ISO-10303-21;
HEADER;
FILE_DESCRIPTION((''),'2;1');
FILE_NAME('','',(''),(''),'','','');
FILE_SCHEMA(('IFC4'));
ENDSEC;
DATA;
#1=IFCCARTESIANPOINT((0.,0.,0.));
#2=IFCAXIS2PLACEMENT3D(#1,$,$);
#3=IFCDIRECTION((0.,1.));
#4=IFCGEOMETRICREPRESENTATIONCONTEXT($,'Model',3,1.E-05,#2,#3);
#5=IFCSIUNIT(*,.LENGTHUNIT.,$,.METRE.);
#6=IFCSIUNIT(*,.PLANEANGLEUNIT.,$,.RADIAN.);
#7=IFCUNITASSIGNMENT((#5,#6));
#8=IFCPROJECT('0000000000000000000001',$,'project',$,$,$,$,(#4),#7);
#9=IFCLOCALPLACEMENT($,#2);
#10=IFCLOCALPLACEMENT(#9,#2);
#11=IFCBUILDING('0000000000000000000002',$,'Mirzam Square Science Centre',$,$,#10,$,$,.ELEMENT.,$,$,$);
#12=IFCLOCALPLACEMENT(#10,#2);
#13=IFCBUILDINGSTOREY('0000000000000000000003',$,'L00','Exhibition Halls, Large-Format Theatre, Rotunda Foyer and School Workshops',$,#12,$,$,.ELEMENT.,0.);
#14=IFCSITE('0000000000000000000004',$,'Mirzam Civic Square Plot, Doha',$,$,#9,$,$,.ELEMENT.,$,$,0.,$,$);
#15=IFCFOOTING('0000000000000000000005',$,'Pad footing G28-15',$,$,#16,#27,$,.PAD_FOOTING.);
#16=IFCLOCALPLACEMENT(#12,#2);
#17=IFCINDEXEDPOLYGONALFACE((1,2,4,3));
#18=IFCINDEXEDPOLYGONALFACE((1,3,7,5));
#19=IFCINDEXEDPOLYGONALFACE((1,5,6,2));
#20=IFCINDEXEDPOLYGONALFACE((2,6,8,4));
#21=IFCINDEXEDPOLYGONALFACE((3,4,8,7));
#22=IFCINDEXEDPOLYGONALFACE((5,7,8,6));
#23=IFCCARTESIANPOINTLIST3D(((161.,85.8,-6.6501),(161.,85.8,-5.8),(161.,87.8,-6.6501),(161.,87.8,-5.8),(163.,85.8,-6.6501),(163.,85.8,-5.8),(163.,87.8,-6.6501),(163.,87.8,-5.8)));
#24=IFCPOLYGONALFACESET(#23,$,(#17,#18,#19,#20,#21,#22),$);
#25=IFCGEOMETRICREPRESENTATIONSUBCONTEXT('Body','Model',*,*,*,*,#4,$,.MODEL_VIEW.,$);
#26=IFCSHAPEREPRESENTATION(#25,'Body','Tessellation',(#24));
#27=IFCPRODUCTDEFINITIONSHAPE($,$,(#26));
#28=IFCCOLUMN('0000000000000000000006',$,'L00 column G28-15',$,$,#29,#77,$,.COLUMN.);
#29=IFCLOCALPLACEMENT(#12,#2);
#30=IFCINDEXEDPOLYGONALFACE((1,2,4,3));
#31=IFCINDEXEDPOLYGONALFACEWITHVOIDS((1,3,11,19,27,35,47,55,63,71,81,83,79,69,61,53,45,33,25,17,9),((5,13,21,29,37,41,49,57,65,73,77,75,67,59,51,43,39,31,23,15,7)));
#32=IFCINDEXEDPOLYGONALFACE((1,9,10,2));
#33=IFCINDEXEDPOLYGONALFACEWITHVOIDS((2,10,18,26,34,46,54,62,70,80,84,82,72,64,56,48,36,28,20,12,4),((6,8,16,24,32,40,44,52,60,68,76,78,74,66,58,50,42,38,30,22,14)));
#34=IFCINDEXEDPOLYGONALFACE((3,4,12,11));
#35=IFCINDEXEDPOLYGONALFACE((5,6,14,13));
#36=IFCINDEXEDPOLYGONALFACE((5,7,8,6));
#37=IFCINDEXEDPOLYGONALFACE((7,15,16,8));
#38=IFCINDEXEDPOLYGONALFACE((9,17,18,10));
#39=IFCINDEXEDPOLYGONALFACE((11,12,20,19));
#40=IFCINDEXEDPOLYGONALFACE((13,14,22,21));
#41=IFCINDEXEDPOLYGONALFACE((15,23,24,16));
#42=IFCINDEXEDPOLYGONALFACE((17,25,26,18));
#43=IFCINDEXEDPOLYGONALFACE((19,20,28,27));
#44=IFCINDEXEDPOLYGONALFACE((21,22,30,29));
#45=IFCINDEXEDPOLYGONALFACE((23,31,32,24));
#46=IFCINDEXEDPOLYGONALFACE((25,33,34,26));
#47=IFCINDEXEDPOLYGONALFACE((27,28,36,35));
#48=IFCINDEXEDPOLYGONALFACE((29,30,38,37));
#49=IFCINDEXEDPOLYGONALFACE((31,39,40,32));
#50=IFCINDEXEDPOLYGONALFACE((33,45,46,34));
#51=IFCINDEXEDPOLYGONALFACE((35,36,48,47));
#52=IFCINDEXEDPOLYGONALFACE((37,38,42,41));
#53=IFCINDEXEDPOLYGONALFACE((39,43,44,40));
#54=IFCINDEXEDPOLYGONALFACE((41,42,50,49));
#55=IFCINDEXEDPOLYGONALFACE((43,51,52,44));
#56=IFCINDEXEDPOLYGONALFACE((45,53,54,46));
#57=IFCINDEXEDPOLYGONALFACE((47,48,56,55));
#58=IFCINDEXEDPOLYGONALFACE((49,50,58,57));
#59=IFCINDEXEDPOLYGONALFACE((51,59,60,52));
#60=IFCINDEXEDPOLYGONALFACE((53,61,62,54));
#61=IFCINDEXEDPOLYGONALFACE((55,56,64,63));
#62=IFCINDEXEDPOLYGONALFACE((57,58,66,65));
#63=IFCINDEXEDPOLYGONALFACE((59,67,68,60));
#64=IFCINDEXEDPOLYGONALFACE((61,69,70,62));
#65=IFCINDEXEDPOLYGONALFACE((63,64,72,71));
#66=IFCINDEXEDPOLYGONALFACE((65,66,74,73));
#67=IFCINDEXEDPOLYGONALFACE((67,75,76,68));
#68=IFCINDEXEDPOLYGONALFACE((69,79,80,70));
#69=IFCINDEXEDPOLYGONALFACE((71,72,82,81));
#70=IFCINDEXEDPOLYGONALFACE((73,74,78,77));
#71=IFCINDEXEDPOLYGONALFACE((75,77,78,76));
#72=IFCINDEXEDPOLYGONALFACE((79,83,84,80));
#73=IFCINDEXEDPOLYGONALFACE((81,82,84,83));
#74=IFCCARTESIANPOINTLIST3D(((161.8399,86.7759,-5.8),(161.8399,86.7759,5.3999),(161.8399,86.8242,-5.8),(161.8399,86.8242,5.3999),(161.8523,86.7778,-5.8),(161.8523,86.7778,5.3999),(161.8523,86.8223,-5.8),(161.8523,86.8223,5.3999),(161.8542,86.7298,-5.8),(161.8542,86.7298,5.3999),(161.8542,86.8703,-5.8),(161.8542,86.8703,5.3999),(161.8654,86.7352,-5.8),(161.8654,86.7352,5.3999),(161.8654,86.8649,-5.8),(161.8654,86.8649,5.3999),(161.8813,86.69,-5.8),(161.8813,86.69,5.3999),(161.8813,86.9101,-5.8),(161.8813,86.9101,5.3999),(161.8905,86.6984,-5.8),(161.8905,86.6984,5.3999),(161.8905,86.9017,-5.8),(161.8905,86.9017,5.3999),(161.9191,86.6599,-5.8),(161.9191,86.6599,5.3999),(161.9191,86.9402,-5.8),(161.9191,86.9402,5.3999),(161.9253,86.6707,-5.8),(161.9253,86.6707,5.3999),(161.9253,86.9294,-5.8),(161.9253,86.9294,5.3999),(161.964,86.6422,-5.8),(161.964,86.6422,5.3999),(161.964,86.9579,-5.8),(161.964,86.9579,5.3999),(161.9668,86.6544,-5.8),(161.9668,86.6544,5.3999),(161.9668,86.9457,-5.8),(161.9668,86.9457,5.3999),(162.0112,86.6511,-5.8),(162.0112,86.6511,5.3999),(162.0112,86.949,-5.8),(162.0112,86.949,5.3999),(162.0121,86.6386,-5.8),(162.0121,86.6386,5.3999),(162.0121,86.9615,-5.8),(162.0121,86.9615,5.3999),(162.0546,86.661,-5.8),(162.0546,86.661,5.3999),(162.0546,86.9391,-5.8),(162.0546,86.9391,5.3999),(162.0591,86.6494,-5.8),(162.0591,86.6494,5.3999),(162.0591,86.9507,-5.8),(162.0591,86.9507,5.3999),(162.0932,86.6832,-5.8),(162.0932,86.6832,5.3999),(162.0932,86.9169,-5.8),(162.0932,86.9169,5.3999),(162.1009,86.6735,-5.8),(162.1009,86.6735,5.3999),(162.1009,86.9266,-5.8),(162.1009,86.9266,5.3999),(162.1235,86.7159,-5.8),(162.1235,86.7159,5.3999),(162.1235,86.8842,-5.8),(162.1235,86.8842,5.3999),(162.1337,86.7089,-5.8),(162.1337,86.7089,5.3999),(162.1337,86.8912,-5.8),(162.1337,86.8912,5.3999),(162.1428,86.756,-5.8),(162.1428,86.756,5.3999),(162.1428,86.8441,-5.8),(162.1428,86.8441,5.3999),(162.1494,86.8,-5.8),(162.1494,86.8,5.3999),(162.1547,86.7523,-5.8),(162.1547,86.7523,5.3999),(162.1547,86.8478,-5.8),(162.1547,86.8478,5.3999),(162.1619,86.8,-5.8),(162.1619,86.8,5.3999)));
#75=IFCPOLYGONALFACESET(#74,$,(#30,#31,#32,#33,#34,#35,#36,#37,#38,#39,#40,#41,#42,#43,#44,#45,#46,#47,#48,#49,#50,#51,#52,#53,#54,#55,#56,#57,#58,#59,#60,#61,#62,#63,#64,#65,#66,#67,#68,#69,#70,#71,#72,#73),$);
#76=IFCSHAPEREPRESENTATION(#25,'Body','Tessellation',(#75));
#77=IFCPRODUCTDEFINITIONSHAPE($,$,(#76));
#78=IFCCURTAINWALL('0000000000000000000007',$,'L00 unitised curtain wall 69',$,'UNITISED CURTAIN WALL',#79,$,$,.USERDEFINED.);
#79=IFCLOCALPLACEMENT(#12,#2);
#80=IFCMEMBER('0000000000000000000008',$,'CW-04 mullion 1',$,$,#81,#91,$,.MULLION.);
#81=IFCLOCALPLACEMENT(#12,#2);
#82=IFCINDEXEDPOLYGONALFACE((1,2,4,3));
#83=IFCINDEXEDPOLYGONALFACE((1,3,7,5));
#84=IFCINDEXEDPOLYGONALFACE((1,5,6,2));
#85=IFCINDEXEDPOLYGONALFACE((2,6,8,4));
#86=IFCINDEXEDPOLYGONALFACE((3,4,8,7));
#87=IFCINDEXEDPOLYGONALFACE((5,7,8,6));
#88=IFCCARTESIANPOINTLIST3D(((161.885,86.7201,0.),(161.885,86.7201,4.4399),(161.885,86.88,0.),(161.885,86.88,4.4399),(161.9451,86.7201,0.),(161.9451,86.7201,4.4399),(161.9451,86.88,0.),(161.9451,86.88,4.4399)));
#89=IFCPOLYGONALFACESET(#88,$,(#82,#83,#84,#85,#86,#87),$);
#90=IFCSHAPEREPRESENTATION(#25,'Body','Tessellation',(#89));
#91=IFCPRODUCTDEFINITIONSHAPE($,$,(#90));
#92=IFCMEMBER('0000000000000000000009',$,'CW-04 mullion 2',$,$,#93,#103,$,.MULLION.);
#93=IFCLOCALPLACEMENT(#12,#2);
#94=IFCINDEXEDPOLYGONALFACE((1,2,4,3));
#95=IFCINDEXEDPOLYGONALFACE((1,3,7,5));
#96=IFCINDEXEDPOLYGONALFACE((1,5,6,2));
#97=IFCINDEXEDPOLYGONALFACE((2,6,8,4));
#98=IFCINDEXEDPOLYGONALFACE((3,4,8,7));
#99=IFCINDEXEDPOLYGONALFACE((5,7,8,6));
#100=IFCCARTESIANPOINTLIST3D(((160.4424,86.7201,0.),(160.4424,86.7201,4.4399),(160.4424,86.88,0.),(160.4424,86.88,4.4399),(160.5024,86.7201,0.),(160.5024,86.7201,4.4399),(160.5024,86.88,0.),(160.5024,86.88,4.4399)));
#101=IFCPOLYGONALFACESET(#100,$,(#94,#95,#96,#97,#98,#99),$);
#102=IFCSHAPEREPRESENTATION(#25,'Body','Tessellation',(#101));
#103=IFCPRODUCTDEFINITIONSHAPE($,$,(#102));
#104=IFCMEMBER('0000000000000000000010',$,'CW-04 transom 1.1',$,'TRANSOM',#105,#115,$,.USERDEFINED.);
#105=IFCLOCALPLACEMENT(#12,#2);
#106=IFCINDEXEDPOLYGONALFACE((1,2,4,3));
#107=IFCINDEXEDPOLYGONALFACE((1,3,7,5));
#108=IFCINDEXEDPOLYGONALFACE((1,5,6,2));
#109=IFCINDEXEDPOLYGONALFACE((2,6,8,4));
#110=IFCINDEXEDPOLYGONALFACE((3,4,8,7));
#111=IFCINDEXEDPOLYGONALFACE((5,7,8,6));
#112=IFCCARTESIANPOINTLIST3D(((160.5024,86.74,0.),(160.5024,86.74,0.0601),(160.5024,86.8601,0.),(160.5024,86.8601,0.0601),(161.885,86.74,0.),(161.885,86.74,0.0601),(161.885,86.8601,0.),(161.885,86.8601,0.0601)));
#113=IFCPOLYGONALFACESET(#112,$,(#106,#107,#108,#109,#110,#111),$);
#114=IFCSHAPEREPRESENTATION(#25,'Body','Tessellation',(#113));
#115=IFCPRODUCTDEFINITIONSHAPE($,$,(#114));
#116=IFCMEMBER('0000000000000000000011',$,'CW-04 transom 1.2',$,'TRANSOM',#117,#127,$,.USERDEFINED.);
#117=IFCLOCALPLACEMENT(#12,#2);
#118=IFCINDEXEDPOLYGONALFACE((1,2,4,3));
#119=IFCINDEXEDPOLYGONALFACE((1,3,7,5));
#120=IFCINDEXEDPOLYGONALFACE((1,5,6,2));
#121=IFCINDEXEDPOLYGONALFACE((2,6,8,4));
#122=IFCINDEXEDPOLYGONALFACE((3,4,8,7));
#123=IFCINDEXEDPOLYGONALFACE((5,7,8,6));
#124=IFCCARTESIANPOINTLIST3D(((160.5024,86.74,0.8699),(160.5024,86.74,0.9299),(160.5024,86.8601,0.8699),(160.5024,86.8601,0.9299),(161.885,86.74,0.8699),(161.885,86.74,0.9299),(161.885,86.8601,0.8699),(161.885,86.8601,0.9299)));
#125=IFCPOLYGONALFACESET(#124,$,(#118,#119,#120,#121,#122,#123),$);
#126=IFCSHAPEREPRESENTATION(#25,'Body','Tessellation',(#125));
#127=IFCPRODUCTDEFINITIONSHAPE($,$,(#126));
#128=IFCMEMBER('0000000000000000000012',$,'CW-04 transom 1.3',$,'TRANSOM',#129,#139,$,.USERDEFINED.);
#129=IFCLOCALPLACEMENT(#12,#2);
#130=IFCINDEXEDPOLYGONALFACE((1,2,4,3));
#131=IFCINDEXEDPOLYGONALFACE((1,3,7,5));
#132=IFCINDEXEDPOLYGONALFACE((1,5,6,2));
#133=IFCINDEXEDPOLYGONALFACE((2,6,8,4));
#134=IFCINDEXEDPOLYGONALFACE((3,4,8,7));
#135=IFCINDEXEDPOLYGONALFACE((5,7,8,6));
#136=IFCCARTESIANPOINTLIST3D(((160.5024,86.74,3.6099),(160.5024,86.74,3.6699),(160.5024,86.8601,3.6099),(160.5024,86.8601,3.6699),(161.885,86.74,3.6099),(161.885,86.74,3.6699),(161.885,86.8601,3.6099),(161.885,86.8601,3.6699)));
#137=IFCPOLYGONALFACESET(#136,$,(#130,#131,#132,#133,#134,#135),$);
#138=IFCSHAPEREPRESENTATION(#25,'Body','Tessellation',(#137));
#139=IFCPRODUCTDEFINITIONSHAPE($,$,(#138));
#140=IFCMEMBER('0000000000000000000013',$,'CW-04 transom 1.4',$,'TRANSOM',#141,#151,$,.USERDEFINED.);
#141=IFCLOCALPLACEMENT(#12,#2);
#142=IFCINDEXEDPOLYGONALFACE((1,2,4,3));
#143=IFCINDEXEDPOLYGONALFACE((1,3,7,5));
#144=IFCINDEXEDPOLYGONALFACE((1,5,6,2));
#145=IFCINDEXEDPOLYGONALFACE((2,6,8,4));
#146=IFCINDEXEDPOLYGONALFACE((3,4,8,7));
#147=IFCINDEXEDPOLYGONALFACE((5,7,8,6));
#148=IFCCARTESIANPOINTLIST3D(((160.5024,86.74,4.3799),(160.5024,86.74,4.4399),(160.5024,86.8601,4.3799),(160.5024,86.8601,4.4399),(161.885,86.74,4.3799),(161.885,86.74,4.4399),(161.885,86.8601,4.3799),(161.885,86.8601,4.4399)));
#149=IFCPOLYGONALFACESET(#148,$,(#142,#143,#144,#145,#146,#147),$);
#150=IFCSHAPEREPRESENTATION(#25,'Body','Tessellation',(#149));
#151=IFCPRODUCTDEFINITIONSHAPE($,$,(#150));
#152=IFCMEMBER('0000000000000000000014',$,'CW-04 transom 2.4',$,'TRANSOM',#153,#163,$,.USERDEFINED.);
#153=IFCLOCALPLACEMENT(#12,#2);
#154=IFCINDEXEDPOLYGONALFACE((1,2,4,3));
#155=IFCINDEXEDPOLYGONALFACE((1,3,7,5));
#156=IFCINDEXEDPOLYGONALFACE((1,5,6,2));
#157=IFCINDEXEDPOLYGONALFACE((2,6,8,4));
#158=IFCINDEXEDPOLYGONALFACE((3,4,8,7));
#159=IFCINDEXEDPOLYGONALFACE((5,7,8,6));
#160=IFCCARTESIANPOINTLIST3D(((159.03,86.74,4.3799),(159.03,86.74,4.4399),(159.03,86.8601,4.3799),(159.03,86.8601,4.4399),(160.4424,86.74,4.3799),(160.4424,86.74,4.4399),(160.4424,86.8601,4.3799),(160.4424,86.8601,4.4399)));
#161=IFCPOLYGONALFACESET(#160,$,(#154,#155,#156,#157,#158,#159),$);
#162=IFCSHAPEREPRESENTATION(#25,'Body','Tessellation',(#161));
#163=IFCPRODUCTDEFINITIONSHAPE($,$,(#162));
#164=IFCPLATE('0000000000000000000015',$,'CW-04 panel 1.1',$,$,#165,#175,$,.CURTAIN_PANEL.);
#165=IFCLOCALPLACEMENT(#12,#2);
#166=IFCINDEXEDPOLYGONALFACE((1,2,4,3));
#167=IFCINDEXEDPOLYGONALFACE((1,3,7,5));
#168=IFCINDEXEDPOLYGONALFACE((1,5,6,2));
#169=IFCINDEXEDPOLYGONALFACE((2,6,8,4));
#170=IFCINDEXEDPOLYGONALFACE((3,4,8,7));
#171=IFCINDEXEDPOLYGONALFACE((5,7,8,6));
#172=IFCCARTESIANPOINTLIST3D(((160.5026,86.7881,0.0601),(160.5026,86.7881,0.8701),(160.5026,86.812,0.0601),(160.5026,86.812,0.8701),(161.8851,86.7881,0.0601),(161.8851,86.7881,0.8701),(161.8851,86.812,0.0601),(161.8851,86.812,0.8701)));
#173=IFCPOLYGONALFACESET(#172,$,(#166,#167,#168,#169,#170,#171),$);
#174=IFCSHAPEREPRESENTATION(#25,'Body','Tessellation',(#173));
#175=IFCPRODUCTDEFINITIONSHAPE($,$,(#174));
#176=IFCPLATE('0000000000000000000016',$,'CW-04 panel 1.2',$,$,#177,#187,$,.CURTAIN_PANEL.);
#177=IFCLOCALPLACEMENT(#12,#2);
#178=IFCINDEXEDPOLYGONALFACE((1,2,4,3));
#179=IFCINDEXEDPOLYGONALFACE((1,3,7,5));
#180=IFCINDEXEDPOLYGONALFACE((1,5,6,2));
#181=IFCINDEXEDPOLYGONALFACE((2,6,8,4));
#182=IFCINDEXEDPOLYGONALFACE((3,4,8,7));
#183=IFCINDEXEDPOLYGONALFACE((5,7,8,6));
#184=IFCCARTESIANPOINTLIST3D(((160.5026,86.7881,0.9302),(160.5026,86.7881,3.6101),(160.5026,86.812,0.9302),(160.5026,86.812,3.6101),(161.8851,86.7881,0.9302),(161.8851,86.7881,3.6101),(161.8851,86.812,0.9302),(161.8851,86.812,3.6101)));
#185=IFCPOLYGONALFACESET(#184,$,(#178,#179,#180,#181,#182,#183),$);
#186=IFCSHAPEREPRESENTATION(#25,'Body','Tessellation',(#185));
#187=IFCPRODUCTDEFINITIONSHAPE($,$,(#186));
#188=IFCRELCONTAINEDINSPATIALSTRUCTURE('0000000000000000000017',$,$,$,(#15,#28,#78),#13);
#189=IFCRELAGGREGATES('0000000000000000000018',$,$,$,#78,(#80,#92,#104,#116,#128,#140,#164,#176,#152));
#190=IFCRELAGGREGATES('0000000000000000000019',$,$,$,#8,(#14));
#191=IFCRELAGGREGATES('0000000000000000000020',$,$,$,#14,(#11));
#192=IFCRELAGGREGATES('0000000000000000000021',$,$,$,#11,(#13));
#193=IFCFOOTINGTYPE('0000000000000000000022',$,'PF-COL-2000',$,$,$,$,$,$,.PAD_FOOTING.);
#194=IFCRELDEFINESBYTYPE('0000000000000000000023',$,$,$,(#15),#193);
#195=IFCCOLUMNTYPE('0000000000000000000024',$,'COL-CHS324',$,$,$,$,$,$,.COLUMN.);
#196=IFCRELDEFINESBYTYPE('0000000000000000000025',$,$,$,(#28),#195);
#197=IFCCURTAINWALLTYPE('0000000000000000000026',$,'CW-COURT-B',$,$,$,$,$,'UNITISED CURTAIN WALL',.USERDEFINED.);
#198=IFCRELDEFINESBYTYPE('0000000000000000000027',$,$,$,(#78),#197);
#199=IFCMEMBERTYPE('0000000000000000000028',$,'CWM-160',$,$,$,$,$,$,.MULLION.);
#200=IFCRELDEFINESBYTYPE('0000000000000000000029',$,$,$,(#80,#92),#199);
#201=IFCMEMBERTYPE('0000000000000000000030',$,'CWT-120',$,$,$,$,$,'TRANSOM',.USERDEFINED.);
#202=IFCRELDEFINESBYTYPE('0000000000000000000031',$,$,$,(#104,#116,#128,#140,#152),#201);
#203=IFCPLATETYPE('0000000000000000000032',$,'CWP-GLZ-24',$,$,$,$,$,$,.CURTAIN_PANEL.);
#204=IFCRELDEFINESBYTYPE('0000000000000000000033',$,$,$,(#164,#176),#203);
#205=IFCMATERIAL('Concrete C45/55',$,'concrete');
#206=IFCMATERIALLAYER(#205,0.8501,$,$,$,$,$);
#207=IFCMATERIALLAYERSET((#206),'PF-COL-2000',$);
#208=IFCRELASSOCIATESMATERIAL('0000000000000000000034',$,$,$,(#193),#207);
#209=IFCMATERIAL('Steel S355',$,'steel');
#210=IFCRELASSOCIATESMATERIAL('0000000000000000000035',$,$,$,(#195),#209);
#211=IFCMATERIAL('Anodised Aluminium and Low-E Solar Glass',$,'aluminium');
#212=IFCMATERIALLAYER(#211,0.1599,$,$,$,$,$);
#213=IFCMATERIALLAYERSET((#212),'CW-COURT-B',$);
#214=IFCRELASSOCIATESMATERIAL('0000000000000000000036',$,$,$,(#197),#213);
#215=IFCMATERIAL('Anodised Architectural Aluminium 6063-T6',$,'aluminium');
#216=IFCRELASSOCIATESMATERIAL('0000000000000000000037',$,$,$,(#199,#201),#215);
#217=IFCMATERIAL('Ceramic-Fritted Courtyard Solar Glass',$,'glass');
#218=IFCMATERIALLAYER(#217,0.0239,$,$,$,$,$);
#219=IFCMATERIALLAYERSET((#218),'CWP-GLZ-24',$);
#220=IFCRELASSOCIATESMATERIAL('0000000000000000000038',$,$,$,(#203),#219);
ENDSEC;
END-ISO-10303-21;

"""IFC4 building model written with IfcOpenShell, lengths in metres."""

from ifc_helpers import new_model, si_unit, direction, frame, origin, origin_2d, place, context, subcontext, project, spatial, rectangle, hollow_circle, extrude, material, layer, layer_set, material_profile, profile_set, type_object, element, aggregate, save


model = new_model("IFC4")

# Units and contexts
model_context = context("Model", 3, precision=1e-05, world=origin(), true_north=direction((0.0, 1.0)))
body_context = subcontext(model_context, "Body", "Model", "MODEL_VIEW")
ifc_project = project(units=[si_unit("LENGTHUNIT", "METRE"), si_unit("PLANEANGLEUNIT", "RADIAN")], contexts=[model_context])

# Site, building, storey
site_placement = place(None, origin())
site = spatial("IfcSite", under=ifc_project, at=site_placement, Name="Mirzam Civic Square Plot, Doha", CompositionType="ELEMENT", RefElevation=0.0)
building_placement = place(site_placement, origin())
building = spatial("IfcBuilding", under=site, at=building_placement, Name="Mirzam Square Science Centre", CompositionType="ELEMENT")
storey_placement = place(building_placement, origin())
storey = spatial("IfcBuildingStorey", under=building, at=storey_placement, Name="L00", Description="Exhibition Halls, Large-Format Theatre, Rotunda Foyer and School Workshops", CompositionType="ELEMENT", Elevation=0.0)

# Footing
ifc_material_1 = material(Name="Concrete C45/55", Category="concrete")
ifc_layer_1 = layer(ifc_material_1, 0.8501)
ifc_layer_set_1 = layer_set([ifc_layer_1], Name="PF-COL-2000")
footing_type = type_object("IfcFootingType", Name="PF-COL-2000", PredefinedType="PAD_FOOTING", material=ifc_layer_set_1)
footing_placement = place(storey_placement, frame((162.0, 86.8, -6.6501), z_axis=(0.0, 0.0, 1.0), x_axis=(1.0, 0.0, 0.0)))
element("IfcFooting", 1, at=footing_placement, inside=storey, type_object=footing_type, Name="Pad footing G28-15", PredefinedType="PAD_FOOTING", context=body_context, shape_type="SweptSolid", body=[
    extrude(rectangle(XDim=2.0, YDim=2.0, at=origin_2d()), origin(), (0.0, 0.0, 1.0), 0.8501),
])

# Column
ifc_material_2 = material(Name="Steel S355", Category="steel")
ifc_material_profile_1 = material_profile(ifc_material_2, hollow_circle(Radius=0.1619, WallThickness=0.0125, at=origin_2d()), Name="323.9x12.5CHS")
ifc_profile_set_1 = profile_set([ifc_material_profile_1], Name="Steel S355")
column_type = type_object("IfcColumnType", Name="COL-CHS324", PredefinedType="COLUMN", material=ifc_profile_set_1)
column_placement = place(storey_placement, frame((162.0, 86.8, -5.8), z_axis=(0.0, 0.0, 1.0), x_axis=(1.0, 0.0, 0.0)))
element("IfcColumn", 2, at=column_placement, inside=storey, type_object=column_type, Name="L00 column G28-15", PredefinedType="COLUMN", context=body_context, shape_type="SweptSolid", body=[
    extrude(hollow_circle(Radius=0.1619, WallThickness=0.0125, at=origin_2d()), origin(), (0.0, 0.0, 1.0), 11.2),
])

# Curtain wall, members, plates
ifc_material_3 = material(Name="Anodised Aluminium and Low-E Solar Glass", Category="aluminium")
ifc_layer_2 = layer(ifc_material_3, 0.1599)
ifc_layer_set_2 = layer_set([ifc_layer_2], Name="CW-COURT-B")
curtain_wall_type = type_object("IfcCurtainWallType", Name="CW-COURT-B", ElementType="UNITISED CURTAIN WALL", PredefinedType="USERDEFINED", material=ifc_layer_set_2)
curtain_wall_placement = place(storey_placement, origin())
curtain_wall = element("IfcCurtainWall", 3, at=curtain_wall_placement, inside=storey, type_object=curtain_wall_type, Name="L00 unitised curtain wall 69", ObjectType="UNITISED CURTAIN WALL", PredefinedType="USERDEFINED")
ifc_material_4 = material(Name="Anodised Architectural Aluminium 6063-T6", Category="aluminium")
ifc_material_profile_2 = material_profile(ifc_material_4, rectangle(XDim=0.0601, YDim=0.1599, at=origin_2d()), Name="ALU-MULL-160x60x4")
ifc_profile_set_2 = profile_set([ifc_material_profile_2], Name="Anodised Architectural Aluminium 6063-T6")
member_type_1 = type_object("IfcMemberType", Name="CWM-160", PredefinedType="MULLION", material=ifc_profile_set_2)
member_1_placement = place(storey_placement, frame((161.915, 86.8, 0.0), z_axis=(0.0, 0.0, 1.0), x_axis=(-1.0, 0.0, 0.0)))
member_1 = element("IfcMember", 4, at=member_1_placement, type_object=member_type_1, Name="CW-04 mullion 1", PredefinedType="MULLION", context=body_context, shape_type="SweptSolid", body=[
    extrude(rectangle(XDim=0.0601, YDim=0.1599, at=origin_2d()), origin(), (0.0, 0.0, 1.0), 4.4399),
])
member_2_placement = place(storey_placement, frame((160.4724, 86.8, 0.0), z_axis=(0.0, 0.0, 1.0), x_axis=(-1.0, 0.0, 0.0)))
member_2 = element("IfcMember", 5, at=member_2_placement, type_object=member_type_1, Name="CW-04 mullion 2", PredefinedType="MULLION", context=body_context, shape_type="SweptSolid", body=[
    extrude(rectangle(XDim=0.0601, YDim=0.1599, at=origin_2d()), origin(), (0.0, 0.0, 1.0), 4.4399),
])
ifc_material_profile_3 = material_profile(ifc_material_4, rectangle(XDim=0.1201, YDim=0.0601, at=origin_2d()), Name="ALU-TRAN-120x60x4")
ifc_profile_set_3 = profile_set([ifc_material_profile_3], Name="Anodised Architectural Aluminium 6063-T6")
member_type_2 = type_object("IfcMemberType", Name="CWT-120", ElementType="TRANSOM", PredefinedType="USERDEFINED", material=ifc_profile_set_3)
member_3_placement = place(storey_placement, frame((161.885, 86.8, 0.03), z_axis=(-1.0, 0.0, 0.0), x_axis=(0.0, -1.0, 0.0)))
member_3 = element("IfcMember", 6, at=member_3_placement, type_object=member_type_2, Name="CW-04 transom 1.1", ObjectType="TRANSOM", PredefinedType="USERDEFINED", context=body_context, shape_type="SweptSolid", body=[
    extrude(rectangle(XDim=0.1201, YDim=0.0601, at=origin_2d()), origin(), (0.0, 0.0, 1.0), 1.3826),
])
member_4_placement = place(storey_placement, frame((161.885, 86.8, 0.8999), z_axis=(-1.0, 0.0, 0.0), x_axis=(0.0, -1.0, 0.0)))
member_4 = element("IfcMember", 7, at=member_4_placement, type_object=member_type_2, Name="CW-04 transom 1.2", ObjectType="TRANSOM", PredefinedType="USERDEFINED", context=body_context, shape_type="SweptSolid", body=[
    extrude(rectangle(XDim=0.1201, YDim=0.0601, at=origin_2d()), origin(), (0.0, 0.0, 1.0), 1.3826),
])
member_5_placement = place(storey_placement, frame((161.885, 86.8, 3.6399), z_axis=(-1.0, 0.0, 0.0), x_axis=(0.0, -1.0, 0.0)))
member_5 = element("IfcMember", 8, at=member_5_placement, type_object=member_type_2, Name="CW-04 transom 1.3", ObjectType="TRANSOM", PredefinedType="USERDEFINED", context=body_context, shape_type="SweptSolid", body=[
    extrude(rectangle(XDim=0.1201, YDim=0.0601, at=origin_2d()), origin(), (0.0, 0.0, 1.0), 1.3826),
])
member_6_placement = place(storey_placement, frame((161.885, 86.8, 4.4099), z_axis=(-1.0, 0.0, 0.0), x_axis=(0.0, -1.0, 0.0)))
member_6 = element("IfcMember", 9, at=member_6_placement, type_object=member_type_2, Name="CW-04 transom 1.4", ObjectType="TRANSOM", PredefinedType="USERDEFINED", context=body_context, shape_type="SweptSolid", body=[
    extrude(rectangle(XDim=0.1201, YDim=0.0601, at=origin_2d()), origin(), (0.0, 0.0, 1.0), 1.3826),
])
member_7_placement = place(storey_placement, frame((160.4424, 86.8, 4.4099), z_axis=(-1.0, 0.0, 0.0), x_axis=(0.0, -1.0, 0.0)))
member_7 = element("IfcMember", 10, at=member_7_placement, type_object=member_type_2, Name="CW-04 transom 2.4", ObjectType="TRANSOM", PredefinedType="USERDEFINED", context=body_context, shape_type="SweptSolid", body=[
    extrude(rectangle(XDim=0.1201, YDim=0.0601, at=origin_2d()), origin(), (0.0, 0.0, 1.0), 1.4124),
])
ifc_material_5 = material(Name="Ceramic-Fritted Courtyard Solar Glass", Category="glass")
ifc_layer_3 = layer(ifc_material_5, 0.0239)
ifc_layer_set_3 = layer_set([ifc_layer_3], Name="CWP-GLZ-24")
plate_type = type_object("IfcPlateType", Name="CWP-GLZ-24", PredefinedType="CURTAIN_PANEL", material=ifc_layer_set_3)
plate_1_placement = place(storey_placement, frame((161.1938, 86.8, 0.0601), z_axis=(0.0, 0.0, 1.0), x_axis=(-1.0, 0.0, 0.0)))
plate_1 = element("IfcPlate", 11, at=plate_1_placement, type_object=plate_type, Name="CW-04 panel 1.1", PredefinedType="CURTAIN_PANEL", context=body_context, shape_type="SweptSolid", body=[
    extrude(rectangle(XDim=1.3826, YDim=0.0239, at=origin_2d()), origin(), (0.0, 0.0, 1.0), 0.8101),
])
plate_2_placement = place(storey_placement, frame((161.1938, 86.8, 0.9302), z_axis=(0.0, 0.0, 1.0), x_axis=(-1.0, 0.0, 0.0)))
plate_2 = element("IfcPlate", 12, at=plate_2_placement, type_object=plate_type, Name="CW-04 panel 1.2", PredefinedType="CURTAIN_PANEL", context=body_context, shape_type="SweptSolid", body=[
    extrude(rectangle(XDim=1.3826, YDim=0.0239, at=origin_2d()), origin(), (0.0, 0.0, 1.0), 2.6799),
])
aggregate(curtain_wall, [member_1, member_2, member_3, member_4, member_5, member_6, plate_1, plate_2, member_7])

save(model, "model.ifc")
